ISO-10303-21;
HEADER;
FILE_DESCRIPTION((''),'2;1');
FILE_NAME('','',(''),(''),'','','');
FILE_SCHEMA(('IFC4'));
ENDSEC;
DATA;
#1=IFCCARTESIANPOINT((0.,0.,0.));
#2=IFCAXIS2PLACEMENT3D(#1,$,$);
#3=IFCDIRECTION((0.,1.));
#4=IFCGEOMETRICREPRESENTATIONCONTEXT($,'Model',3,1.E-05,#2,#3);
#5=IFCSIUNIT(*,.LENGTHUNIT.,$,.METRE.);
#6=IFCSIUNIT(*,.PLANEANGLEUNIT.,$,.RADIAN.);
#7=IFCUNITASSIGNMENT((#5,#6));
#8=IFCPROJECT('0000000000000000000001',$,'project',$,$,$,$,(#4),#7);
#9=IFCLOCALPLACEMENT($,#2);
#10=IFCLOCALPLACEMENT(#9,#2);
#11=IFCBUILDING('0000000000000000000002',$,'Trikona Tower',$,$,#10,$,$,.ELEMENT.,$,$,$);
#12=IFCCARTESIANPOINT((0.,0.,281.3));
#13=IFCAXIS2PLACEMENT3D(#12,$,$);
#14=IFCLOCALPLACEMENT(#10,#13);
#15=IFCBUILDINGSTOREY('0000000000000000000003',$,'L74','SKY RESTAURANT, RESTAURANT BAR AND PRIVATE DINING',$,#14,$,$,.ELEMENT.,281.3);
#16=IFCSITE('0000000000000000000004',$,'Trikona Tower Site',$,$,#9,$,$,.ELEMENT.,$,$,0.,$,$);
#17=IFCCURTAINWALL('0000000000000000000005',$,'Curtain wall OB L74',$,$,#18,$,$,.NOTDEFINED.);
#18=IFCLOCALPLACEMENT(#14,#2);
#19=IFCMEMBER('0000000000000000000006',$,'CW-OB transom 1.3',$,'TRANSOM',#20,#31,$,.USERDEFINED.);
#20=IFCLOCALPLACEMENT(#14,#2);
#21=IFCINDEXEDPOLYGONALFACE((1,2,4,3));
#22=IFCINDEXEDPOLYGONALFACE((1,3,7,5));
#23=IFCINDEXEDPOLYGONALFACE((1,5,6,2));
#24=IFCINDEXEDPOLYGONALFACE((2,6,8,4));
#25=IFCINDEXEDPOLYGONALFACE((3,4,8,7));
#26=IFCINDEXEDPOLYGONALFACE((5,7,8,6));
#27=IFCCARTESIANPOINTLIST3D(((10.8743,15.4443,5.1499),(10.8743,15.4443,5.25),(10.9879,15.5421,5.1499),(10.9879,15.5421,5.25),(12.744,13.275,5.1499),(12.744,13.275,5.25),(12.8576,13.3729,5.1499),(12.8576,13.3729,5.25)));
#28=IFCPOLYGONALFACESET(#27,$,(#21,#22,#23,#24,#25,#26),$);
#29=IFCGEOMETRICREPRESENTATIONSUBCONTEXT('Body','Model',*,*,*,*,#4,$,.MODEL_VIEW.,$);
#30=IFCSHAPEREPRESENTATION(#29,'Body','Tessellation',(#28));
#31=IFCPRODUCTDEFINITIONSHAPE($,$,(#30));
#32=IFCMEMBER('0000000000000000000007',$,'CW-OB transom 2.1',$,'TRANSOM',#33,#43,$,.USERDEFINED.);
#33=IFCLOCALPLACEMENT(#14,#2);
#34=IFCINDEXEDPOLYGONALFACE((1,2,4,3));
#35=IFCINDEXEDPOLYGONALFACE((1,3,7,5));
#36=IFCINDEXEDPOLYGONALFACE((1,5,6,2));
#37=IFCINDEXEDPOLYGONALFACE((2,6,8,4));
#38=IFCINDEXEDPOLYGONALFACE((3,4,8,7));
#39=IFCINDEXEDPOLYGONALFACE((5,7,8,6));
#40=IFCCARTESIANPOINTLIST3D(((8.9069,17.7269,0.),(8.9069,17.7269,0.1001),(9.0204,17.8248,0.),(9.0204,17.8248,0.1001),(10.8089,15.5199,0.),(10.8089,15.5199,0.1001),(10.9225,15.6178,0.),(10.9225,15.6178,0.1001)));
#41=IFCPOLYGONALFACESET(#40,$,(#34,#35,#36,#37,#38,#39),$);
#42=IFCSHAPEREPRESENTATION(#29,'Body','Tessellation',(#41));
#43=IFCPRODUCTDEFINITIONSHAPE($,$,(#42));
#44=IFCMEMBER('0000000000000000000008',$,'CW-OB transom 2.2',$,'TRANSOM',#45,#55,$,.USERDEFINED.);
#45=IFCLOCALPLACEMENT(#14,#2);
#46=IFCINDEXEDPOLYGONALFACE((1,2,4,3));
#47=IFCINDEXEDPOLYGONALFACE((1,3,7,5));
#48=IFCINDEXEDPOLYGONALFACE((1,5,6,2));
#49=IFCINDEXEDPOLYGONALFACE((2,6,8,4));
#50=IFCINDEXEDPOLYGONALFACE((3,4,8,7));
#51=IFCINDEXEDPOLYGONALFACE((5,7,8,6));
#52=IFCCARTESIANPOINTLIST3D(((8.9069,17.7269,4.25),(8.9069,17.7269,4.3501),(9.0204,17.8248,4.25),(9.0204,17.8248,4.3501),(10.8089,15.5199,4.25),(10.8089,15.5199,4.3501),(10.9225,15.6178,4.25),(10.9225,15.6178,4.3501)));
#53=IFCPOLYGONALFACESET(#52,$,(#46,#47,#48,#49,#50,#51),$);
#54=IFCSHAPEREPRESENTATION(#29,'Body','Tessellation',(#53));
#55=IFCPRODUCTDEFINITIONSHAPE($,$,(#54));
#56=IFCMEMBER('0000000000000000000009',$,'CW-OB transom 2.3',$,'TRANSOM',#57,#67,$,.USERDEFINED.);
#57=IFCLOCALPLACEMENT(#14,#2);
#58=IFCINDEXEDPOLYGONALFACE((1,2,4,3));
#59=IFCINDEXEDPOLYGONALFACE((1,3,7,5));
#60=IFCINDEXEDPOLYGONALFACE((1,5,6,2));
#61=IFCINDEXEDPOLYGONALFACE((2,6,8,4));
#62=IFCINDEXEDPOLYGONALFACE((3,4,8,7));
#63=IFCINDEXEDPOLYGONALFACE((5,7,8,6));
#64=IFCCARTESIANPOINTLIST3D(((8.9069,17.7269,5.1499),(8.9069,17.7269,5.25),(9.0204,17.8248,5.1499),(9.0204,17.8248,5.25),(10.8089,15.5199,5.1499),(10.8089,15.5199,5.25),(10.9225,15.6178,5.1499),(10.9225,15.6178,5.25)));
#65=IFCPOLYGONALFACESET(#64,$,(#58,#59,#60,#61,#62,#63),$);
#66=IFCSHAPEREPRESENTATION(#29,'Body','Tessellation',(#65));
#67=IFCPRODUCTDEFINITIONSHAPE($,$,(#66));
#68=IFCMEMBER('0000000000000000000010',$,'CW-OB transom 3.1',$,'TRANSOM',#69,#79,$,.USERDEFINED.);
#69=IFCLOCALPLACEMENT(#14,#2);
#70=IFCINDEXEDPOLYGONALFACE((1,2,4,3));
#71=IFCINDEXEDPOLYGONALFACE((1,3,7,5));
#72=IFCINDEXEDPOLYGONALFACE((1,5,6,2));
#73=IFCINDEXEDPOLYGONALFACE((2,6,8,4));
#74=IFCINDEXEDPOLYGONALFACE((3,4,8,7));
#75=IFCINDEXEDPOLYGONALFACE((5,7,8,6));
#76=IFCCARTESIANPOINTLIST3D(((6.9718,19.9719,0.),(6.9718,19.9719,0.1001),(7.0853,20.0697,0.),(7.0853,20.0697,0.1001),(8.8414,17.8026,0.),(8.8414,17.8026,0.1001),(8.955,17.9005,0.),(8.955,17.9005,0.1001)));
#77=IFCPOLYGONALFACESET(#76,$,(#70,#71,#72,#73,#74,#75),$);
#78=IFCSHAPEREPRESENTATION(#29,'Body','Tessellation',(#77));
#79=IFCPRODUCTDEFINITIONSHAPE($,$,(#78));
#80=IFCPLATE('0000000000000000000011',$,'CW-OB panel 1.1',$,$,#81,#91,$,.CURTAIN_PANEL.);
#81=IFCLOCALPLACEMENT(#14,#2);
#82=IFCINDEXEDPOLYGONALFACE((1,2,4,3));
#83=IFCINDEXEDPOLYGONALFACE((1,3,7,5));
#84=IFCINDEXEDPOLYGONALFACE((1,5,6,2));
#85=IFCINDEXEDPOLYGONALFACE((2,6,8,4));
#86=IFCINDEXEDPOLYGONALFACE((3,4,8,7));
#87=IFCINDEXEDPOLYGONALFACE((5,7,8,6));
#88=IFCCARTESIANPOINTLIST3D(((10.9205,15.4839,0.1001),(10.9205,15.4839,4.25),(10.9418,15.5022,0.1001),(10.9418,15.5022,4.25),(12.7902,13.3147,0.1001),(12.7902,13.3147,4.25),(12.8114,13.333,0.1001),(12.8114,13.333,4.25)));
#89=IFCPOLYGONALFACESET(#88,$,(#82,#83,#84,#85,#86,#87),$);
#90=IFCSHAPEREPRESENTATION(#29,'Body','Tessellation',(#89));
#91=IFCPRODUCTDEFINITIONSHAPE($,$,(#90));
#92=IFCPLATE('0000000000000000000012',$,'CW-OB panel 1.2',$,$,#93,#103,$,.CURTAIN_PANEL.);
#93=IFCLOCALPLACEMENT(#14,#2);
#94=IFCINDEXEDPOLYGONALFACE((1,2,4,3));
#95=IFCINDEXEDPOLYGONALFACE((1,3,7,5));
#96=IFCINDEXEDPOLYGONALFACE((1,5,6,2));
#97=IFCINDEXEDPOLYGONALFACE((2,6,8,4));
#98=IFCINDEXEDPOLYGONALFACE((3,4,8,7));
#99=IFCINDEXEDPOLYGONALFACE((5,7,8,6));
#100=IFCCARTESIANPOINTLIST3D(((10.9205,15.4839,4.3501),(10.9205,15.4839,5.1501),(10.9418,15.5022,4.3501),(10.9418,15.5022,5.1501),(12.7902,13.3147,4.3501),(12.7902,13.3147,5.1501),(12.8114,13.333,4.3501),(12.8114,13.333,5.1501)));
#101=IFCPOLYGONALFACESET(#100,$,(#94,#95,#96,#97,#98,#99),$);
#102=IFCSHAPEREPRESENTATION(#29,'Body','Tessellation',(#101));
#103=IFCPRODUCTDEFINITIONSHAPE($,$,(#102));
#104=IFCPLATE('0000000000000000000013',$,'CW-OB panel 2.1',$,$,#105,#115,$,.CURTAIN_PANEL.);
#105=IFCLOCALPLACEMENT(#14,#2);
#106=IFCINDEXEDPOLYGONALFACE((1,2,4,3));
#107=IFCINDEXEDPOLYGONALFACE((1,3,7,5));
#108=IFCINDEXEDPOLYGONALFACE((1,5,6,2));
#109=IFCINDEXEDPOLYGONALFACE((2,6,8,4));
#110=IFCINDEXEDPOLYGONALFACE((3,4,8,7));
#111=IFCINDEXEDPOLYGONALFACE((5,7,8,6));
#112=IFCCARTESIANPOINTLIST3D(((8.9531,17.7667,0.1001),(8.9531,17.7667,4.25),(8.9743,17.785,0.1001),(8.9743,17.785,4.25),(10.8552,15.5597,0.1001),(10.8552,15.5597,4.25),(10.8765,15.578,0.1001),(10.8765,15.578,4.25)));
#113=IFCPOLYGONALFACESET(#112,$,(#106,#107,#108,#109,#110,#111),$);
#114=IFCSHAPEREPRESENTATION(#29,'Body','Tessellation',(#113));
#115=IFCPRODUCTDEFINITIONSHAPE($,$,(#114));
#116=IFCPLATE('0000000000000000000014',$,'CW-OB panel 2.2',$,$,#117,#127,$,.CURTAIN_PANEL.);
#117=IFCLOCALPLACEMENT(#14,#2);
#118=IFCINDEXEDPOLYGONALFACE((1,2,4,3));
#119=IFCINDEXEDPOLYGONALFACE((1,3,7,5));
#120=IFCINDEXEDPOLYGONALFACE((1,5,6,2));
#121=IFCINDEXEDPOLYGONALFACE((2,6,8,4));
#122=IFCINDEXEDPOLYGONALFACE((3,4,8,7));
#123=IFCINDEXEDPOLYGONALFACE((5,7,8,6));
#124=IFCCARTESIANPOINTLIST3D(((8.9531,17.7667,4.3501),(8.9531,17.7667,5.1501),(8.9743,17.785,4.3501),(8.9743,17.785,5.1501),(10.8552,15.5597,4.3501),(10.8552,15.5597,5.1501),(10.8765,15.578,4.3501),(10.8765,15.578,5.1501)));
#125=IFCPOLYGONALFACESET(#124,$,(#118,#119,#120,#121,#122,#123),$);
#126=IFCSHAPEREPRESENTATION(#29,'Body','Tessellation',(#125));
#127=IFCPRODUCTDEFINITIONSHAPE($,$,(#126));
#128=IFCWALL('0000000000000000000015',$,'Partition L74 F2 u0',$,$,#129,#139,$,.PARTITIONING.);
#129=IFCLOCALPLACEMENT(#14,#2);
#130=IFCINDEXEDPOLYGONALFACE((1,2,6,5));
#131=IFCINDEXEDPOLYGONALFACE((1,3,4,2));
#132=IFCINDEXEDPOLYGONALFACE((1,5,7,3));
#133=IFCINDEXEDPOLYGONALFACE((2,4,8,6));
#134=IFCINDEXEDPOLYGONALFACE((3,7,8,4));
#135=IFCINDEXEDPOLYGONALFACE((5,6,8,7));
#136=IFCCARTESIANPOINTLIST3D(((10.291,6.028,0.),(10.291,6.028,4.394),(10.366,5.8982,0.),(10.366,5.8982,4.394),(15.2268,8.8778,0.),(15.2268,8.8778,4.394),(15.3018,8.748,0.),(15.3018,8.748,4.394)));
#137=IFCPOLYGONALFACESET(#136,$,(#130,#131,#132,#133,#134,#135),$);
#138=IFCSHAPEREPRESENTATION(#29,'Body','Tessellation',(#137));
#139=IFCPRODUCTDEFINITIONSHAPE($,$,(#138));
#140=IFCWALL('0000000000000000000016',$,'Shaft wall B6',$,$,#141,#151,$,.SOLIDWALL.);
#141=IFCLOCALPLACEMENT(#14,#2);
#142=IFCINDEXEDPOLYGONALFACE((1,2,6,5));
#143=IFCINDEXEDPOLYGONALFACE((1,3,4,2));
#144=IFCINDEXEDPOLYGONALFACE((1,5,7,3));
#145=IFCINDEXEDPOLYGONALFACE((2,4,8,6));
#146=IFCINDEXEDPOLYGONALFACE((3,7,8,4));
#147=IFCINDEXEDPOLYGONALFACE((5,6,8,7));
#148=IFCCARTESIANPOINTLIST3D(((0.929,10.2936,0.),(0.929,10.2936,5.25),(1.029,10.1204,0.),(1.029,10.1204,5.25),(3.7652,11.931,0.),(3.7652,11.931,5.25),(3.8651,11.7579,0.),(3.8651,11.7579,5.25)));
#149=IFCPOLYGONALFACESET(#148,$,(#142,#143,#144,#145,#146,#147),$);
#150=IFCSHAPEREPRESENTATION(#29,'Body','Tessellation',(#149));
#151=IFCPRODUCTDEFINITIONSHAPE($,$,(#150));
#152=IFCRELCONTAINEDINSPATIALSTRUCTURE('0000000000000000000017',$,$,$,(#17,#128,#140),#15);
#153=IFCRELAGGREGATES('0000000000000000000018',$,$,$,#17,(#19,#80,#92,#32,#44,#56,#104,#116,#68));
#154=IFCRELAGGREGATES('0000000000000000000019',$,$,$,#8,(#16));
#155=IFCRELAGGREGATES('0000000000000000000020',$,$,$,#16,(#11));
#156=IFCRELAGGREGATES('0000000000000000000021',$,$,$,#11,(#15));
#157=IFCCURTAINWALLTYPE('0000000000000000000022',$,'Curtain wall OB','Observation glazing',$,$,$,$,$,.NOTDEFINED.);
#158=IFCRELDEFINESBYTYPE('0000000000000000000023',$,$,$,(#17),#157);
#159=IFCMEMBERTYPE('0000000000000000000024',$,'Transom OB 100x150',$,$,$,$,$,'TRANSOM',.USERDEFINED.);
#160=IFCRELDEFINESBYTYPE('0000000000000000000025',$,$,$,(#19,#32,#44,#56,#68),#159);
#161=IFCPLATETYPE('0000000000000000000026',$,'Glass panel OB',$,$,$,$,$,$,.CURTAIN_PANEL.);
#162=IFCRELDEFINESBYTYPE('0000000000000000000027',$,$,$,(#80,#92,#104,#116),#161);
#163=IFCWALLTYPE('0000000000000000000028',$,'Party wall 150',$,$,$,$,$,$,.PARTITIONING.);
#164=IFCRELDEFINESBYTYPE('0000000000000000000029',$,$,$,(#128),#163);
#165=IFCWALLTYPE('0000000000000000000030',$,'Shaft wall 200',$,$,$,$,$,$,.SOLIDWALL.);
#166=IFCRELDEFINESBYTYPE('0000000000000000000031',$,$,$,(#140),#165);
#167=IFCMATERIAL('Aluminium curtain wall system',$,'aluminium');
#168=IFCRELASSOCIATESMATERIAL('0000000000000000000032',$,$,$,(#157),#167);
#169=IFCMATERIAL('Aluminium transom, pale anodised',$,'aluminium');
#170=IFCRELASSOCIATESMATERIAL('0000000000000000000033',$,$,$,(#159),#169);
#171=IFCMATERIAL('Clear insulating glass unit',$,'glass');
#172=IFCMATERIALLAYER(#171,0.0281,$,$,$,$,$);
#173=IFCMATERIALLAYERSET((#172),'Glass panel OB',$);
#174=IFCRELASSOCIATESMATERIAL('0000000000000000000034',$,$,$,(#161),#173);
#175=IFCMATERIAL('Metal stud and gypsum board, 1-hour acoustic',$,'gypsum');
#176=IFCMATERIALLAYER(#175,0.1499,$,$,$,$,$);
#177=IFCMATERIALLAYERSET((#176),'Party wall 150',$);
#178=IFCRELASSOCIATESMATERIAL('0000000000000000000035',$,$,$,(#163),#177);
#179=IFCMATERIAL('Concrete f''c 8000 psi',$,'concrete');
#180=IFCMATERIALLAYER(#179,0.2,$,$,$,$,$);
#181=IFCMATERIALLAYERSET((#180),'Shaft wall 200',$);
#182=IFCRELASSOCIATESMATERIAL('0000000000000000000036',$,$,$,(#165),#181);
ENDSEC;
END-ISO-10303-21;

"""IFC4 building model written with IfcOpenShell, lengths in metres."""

from ifc_helpers import new_model, si_unit, direction, frame, frame_2d, origin, origin_2d, place, context, subcontext, project, spatial, rectangle, extrude, material, layer, layer_set, material_profile, profile_set, type_object, element, aggregate, save


model = new_model("IFC4")

# Units and contexts
model_context = context("Model", 3, precision=1e-05, world=origin(), true_north=direction((0.0, 1.0)))
body_context = subcontext(model_context, "Body", "Model", "MODEL_VIEW")
ifc_project = project(units=[si_unit("LENGTHUNIT", "METRE"), si_unit("PLANEANGLEUNIT", "RADIAN")], contexts=[model_context])

# Site, building, storey
site_placement = place(None, origin())
site = spatial("IfcSite", under=ifc_project, at=site_placement, Name="Trikona Tower Site", CompositionType="ELEMENT", RefElevation=0.0)
building_placement = place(site_placement, origin())
building = spatial("IfcBuilding", under=site, at=building_placement, Name="Trikona Tower", CompositionType="ELEMENT")
storey_placement = place(building_placement, frame((0.0, 0.0, 281.3)))
storey = spatial("IfcBuildingStorey", under=building, at=storey_placement, Name="L74", Description="SKY RESTAURANT, RESTAURANT BAR AND PRIVATE DINING", CompositionType="ELEMENT", Elevation=281.3)

# Curtain wall
ifc_material_1 = material(Name="Aluminium curtain wall system", Category="aluminium")
curtain_wall_type = type_object("IfcCurtainWallType", Name="Curtain wall OB", Description="Observation glazing", PredefinedType="NOTDEFINED", material=ifc_material_1)
curtain_wall_placement = place(storey_placement, origin())
curtain_wall = element("IfcCurtainWall", 1, at=curtain_wall_placement, inside=storey, type_object=curtain_wall_type, Name="Curtain wall OB L74", PredefinedType="NOTDEFINED")

# Members
ifc_material_2 = material(Name="Aluminium transom, pale anodised", Category="aluminium")
ifc_material_profile_1 = material_profile(ifc_material_2, rectangle(XDim=0.1499, YDim=0.1001, at=origin_2d()), Name="TRN-OB")
ifc_profile_set_1 = profile_set([ifc_material_profile_1], Name="Aluminium transom, pale anodised")
member_type_1 = type_object("IfcMemberType", Name="Transom OB 100x150", ElementType="TRANSOM", PredefinedType="USERDEFINED", material=ifc_profile_set_1)
member_1_placement = place(storey_placement, frame((12.8008, 13.324, 5.2), z_axis=(-0.652867, 0.757472, 0.0), x_axis=(-0.757472, -0.652867, 0.0)))
member_1 = element("IfcMember", 2, at=member_1_placement, type_object=member_type_1, Name="CW-OB transom 1.3", ObjectType="TRANSOM", PredefinedType="USERDEFINED", context=body_context, shape_type="SweptSolid", body=[
    extrude(rectangle(XDim=0.1499, YDim=0.1001, at=origin_2d()), origin(), (0.0, 0.0, 1.0), 2.8638),
])
member_2_placement = place(storey_placement, frame((10.8657, 15.5688, 0.05), z_axis=(-0.652839, 0.757497, 0.0), x_axis=(-0.757497, -0.652839, 0.0)))
member_2 = element("IfcMember", 3, at=member_2_placement, type_object=member_type_1, Name="CW-OB transom 2.1", ObjectType="TRANSOM", PredefinedType="USERDEFINED", context=body_context, shape_type="SweptSolid", body=[
    extrude(rectangle(XDim=0.1499, YDim=0.1001, at=origin_2d()), origin(), (0.0, 0.0, 1.0), 2.9136),
])
member_3_placement = place(storey_placement, frame((10.8657, 15.5688, 4.3), z_axis=(-0.652839, 0.757497, 0.0), x_axis=(-0.757497, -0.652839, 0.0)))
member_3 = element("IfcMember", 4, at=member_3_placement, type_object=member_type_1, Name="CW-OB transom 2.2", ObjectType="TRANSOM", PredefinedType="USERDEFINED", context=body_context, shape_type="SweptSolid", body=[
    extrude(rectangle(XDim=0.1499, YDim=0.1001, at=origin_2d()), origin(), (0.0, 0.0, 1.0), 2.9136),
])
member_4_placement = place(storey_placement, frame((10.8657, 15.5688, 5.2), z_axis=(-0.652839, 0.757497, 0.0), x_axis=(-0.757497, -0.652839, 0.0)))
member_4 = element("IfcMember", 5, at=member_4_placement, type_object=member_type_1, Name="CW-OB transom 2.3", ObjectType="TRANSOM", PredefinedType="USERDEFINED", context=body_context, shape_type="SweptSolid", body=[
    extrude(rectangle(XDim=0.1499, YDim=0.1001, at=origin_2d()), origin(), (0.0, 0.0, 1.0), 2.9136),
])
member_5_placement = place(storey_placement, frame((8.8982, 17.8516, 0.05), z_axis=(-0.652867, 0.757472, 0.0), x_axis=(-0.757472, -0.652867, 0.0)))
member_5 = element("IfcMember", 6, at=member_5_placement, type_object=member_type_1, Name="CW-OB transom 3.1", ObjectType="TRANSOM", PredefinedType="USERDEFINED", context=body_context, shape_type="SweptSolid", body=[
    extrude(rectangle(XDim=0.1499, YDim=0.1001, at=origin_2d()), origin(), (0.0, 0.0, 1.0), 2.8638),
])

# Plates
ifc_material_3 = material(Name="Clear insulating glass unit", Category="glass")
ifc_layer_1 = layer(ifc_material_3, 0.0281)
ifc_layer_set_1 = layer_set([ifc_layer_1], Name="Glass panel OB")
plate_type = type_object("IfcPlateType", Name="Glass panel OB", PredefinedType="CURTAIN_PANEL", material=ifc_layer_set_1)
plate_1_placement = place(storey_placement, frame((11.866, 14.4084, 0.1001), z_axis=(0.0, 0.0, 1.0), x_axis=(-0.652864, 0.757475, 0.0)))
plate_1 = element("IfcPlate", 7, at=plate_1_placement, type_object=plate_type, Name="CW-OB panel 1.1", PredefinedType="CURTAIN_PANEL", context=body_context, shape_type="SweptSolid", body=[
    extrude(rectangle(XDim=2.8638, YDim=0.0281, at=origin_2d()), origin(), (0.0, 0.0, 1.0), 4.1499),
])
plate_2_placement = place(storey_placement, frame((11.866, 14.4084, 4.3501), z_axis=(0.0, 0.0, 1.0), x_axis=(-0.652864, 0.757475, 0.0)))
plate_2 = element("IfcPlate", 8, at=plate_2_placement, type_object=plate_type, Name="CW-OB panel 1.2", PredefinedType="CURTAIN_PANEL", context=body_context, shape_type="SweptSolid", body=[
    extrude(rectangle(XDim=2.8638, YDim=0.0281, at=origin_2d()), origin(), (0.0, 0.0, 1.0), 0.8),
])
plate_3_placement = place(storey_placement, frame((9.9148, 16.6724, 0.1001), z_axis=(0.0, 0.0, 1.0), x_axis=(-0.652864, 0.757475, 0.0)))
plate_3 = element("IfcPlate", 9, at=plate_3_placement, type_object=plate_type, Name="CW-OB panel 2.1", PredefinedType="CURTAIN_PANEL", context=body_context, shape_type="SweptSolid", body=[
    extrude(rectangle(XDim=2.9136, YDim=0.0281, at=origin_2d()), origin(), (0.0, 0.0, 1.0), 4.1499),
])
plate_4_placement = place(storey_placement, frame((9.9148, 16.6724, 4.3501), z_axis=(0.0, 0.0, 1.0), x_axis=(-0.652864, 0.757475, 0.0)))
plate_4 = element("IfcPlate", 10, at=plate_4_placement, type_object=plate_type, Name="CW-OB panel 2.2", PredefinedType="CURTAIN_PANEL", context=body_context, shape_type="SweptSolid", body=[
    extrude(rectangle(XDim=2.9136, YDim=0.0281, at=origin_2d()), origin(), (0.0, 0.0, 1.0), 0.8),
])
aggregate(curtain_wall, [member_1, plate_1, plate_2, member_2, member_3, member_4, plate_3, plate_4, member_5])

# Walls
ifc_material_4 = material(Name="Metal stud and gypsum board, 1-hour acoustic", Category="gypsum")
ifc_layer_2 = layer(ifc_material_4, 0.1499)
ifc_layer_set_2 = layer_set([ifc_layer_2], Name="Party wall 150")
wall_type_1 = type_object("IfcWallType", Name="Party wall 150", PredefinedType="PARTITIONING", material=ifc_layer_set_2)
wall_1_placement = place(storey_placement, frame((10.3286, 5.9631, 0.0), z_axis=(0.0, 0.0, 1.0), x_axis=(0.866012, 0.500023, 0.0)))
element("IfcWall", 11, at=wall_1_placement, inside=storey, type_object=wall_type_1, Name="Partition L74 F2 u0", PredefinedType="PARTITIONING", context=body_context, shape_type="SweptSolid", body=[
    extrude(rectangle(XDim=5.6995, YDim=0.1499, at=frame_2d((2.8496, 0.0))), origin(), (0.0, 0.0, 1.0), 4.394),
])
ifc_material_5 = material(Name="Concrete f'c 8000 psi", Category="concrete")
ifc_layer_3 = layer(ifc_material_5, 0.2)
ifc_layer_set_3 = layer_set([ifc_layer_3], Name="Shaft wall 200")
wall_type_2 = type_object("IfcWallType", Name="Shaft wall 200", PredefinedType="SOLIDWALL", material=ifc_layer_set_3)
wall_2_placement = place(storey_placement, frame((0.979, 10.207, 0.0), z_axis=(0.0, 0.0, 1.0), x_axis=(0.866028, 0.499996, 0.0)))
element("IfcWall", 12, at=wall_2_placement, inside=storey, type_object=wall_type_2, Name="Shaft wall B6", PredefinedType="SOLIDWALL", context=body_context, shape_type="SweptSolid", body=[
    extrude(rectangle(XDim=3.2749, YDim=0.2, at=frame_2d((1.6375, 0.0))), origin(), (0.0, 0.0, 1.0), 5.25),
])

save(model, "model.ifc")
